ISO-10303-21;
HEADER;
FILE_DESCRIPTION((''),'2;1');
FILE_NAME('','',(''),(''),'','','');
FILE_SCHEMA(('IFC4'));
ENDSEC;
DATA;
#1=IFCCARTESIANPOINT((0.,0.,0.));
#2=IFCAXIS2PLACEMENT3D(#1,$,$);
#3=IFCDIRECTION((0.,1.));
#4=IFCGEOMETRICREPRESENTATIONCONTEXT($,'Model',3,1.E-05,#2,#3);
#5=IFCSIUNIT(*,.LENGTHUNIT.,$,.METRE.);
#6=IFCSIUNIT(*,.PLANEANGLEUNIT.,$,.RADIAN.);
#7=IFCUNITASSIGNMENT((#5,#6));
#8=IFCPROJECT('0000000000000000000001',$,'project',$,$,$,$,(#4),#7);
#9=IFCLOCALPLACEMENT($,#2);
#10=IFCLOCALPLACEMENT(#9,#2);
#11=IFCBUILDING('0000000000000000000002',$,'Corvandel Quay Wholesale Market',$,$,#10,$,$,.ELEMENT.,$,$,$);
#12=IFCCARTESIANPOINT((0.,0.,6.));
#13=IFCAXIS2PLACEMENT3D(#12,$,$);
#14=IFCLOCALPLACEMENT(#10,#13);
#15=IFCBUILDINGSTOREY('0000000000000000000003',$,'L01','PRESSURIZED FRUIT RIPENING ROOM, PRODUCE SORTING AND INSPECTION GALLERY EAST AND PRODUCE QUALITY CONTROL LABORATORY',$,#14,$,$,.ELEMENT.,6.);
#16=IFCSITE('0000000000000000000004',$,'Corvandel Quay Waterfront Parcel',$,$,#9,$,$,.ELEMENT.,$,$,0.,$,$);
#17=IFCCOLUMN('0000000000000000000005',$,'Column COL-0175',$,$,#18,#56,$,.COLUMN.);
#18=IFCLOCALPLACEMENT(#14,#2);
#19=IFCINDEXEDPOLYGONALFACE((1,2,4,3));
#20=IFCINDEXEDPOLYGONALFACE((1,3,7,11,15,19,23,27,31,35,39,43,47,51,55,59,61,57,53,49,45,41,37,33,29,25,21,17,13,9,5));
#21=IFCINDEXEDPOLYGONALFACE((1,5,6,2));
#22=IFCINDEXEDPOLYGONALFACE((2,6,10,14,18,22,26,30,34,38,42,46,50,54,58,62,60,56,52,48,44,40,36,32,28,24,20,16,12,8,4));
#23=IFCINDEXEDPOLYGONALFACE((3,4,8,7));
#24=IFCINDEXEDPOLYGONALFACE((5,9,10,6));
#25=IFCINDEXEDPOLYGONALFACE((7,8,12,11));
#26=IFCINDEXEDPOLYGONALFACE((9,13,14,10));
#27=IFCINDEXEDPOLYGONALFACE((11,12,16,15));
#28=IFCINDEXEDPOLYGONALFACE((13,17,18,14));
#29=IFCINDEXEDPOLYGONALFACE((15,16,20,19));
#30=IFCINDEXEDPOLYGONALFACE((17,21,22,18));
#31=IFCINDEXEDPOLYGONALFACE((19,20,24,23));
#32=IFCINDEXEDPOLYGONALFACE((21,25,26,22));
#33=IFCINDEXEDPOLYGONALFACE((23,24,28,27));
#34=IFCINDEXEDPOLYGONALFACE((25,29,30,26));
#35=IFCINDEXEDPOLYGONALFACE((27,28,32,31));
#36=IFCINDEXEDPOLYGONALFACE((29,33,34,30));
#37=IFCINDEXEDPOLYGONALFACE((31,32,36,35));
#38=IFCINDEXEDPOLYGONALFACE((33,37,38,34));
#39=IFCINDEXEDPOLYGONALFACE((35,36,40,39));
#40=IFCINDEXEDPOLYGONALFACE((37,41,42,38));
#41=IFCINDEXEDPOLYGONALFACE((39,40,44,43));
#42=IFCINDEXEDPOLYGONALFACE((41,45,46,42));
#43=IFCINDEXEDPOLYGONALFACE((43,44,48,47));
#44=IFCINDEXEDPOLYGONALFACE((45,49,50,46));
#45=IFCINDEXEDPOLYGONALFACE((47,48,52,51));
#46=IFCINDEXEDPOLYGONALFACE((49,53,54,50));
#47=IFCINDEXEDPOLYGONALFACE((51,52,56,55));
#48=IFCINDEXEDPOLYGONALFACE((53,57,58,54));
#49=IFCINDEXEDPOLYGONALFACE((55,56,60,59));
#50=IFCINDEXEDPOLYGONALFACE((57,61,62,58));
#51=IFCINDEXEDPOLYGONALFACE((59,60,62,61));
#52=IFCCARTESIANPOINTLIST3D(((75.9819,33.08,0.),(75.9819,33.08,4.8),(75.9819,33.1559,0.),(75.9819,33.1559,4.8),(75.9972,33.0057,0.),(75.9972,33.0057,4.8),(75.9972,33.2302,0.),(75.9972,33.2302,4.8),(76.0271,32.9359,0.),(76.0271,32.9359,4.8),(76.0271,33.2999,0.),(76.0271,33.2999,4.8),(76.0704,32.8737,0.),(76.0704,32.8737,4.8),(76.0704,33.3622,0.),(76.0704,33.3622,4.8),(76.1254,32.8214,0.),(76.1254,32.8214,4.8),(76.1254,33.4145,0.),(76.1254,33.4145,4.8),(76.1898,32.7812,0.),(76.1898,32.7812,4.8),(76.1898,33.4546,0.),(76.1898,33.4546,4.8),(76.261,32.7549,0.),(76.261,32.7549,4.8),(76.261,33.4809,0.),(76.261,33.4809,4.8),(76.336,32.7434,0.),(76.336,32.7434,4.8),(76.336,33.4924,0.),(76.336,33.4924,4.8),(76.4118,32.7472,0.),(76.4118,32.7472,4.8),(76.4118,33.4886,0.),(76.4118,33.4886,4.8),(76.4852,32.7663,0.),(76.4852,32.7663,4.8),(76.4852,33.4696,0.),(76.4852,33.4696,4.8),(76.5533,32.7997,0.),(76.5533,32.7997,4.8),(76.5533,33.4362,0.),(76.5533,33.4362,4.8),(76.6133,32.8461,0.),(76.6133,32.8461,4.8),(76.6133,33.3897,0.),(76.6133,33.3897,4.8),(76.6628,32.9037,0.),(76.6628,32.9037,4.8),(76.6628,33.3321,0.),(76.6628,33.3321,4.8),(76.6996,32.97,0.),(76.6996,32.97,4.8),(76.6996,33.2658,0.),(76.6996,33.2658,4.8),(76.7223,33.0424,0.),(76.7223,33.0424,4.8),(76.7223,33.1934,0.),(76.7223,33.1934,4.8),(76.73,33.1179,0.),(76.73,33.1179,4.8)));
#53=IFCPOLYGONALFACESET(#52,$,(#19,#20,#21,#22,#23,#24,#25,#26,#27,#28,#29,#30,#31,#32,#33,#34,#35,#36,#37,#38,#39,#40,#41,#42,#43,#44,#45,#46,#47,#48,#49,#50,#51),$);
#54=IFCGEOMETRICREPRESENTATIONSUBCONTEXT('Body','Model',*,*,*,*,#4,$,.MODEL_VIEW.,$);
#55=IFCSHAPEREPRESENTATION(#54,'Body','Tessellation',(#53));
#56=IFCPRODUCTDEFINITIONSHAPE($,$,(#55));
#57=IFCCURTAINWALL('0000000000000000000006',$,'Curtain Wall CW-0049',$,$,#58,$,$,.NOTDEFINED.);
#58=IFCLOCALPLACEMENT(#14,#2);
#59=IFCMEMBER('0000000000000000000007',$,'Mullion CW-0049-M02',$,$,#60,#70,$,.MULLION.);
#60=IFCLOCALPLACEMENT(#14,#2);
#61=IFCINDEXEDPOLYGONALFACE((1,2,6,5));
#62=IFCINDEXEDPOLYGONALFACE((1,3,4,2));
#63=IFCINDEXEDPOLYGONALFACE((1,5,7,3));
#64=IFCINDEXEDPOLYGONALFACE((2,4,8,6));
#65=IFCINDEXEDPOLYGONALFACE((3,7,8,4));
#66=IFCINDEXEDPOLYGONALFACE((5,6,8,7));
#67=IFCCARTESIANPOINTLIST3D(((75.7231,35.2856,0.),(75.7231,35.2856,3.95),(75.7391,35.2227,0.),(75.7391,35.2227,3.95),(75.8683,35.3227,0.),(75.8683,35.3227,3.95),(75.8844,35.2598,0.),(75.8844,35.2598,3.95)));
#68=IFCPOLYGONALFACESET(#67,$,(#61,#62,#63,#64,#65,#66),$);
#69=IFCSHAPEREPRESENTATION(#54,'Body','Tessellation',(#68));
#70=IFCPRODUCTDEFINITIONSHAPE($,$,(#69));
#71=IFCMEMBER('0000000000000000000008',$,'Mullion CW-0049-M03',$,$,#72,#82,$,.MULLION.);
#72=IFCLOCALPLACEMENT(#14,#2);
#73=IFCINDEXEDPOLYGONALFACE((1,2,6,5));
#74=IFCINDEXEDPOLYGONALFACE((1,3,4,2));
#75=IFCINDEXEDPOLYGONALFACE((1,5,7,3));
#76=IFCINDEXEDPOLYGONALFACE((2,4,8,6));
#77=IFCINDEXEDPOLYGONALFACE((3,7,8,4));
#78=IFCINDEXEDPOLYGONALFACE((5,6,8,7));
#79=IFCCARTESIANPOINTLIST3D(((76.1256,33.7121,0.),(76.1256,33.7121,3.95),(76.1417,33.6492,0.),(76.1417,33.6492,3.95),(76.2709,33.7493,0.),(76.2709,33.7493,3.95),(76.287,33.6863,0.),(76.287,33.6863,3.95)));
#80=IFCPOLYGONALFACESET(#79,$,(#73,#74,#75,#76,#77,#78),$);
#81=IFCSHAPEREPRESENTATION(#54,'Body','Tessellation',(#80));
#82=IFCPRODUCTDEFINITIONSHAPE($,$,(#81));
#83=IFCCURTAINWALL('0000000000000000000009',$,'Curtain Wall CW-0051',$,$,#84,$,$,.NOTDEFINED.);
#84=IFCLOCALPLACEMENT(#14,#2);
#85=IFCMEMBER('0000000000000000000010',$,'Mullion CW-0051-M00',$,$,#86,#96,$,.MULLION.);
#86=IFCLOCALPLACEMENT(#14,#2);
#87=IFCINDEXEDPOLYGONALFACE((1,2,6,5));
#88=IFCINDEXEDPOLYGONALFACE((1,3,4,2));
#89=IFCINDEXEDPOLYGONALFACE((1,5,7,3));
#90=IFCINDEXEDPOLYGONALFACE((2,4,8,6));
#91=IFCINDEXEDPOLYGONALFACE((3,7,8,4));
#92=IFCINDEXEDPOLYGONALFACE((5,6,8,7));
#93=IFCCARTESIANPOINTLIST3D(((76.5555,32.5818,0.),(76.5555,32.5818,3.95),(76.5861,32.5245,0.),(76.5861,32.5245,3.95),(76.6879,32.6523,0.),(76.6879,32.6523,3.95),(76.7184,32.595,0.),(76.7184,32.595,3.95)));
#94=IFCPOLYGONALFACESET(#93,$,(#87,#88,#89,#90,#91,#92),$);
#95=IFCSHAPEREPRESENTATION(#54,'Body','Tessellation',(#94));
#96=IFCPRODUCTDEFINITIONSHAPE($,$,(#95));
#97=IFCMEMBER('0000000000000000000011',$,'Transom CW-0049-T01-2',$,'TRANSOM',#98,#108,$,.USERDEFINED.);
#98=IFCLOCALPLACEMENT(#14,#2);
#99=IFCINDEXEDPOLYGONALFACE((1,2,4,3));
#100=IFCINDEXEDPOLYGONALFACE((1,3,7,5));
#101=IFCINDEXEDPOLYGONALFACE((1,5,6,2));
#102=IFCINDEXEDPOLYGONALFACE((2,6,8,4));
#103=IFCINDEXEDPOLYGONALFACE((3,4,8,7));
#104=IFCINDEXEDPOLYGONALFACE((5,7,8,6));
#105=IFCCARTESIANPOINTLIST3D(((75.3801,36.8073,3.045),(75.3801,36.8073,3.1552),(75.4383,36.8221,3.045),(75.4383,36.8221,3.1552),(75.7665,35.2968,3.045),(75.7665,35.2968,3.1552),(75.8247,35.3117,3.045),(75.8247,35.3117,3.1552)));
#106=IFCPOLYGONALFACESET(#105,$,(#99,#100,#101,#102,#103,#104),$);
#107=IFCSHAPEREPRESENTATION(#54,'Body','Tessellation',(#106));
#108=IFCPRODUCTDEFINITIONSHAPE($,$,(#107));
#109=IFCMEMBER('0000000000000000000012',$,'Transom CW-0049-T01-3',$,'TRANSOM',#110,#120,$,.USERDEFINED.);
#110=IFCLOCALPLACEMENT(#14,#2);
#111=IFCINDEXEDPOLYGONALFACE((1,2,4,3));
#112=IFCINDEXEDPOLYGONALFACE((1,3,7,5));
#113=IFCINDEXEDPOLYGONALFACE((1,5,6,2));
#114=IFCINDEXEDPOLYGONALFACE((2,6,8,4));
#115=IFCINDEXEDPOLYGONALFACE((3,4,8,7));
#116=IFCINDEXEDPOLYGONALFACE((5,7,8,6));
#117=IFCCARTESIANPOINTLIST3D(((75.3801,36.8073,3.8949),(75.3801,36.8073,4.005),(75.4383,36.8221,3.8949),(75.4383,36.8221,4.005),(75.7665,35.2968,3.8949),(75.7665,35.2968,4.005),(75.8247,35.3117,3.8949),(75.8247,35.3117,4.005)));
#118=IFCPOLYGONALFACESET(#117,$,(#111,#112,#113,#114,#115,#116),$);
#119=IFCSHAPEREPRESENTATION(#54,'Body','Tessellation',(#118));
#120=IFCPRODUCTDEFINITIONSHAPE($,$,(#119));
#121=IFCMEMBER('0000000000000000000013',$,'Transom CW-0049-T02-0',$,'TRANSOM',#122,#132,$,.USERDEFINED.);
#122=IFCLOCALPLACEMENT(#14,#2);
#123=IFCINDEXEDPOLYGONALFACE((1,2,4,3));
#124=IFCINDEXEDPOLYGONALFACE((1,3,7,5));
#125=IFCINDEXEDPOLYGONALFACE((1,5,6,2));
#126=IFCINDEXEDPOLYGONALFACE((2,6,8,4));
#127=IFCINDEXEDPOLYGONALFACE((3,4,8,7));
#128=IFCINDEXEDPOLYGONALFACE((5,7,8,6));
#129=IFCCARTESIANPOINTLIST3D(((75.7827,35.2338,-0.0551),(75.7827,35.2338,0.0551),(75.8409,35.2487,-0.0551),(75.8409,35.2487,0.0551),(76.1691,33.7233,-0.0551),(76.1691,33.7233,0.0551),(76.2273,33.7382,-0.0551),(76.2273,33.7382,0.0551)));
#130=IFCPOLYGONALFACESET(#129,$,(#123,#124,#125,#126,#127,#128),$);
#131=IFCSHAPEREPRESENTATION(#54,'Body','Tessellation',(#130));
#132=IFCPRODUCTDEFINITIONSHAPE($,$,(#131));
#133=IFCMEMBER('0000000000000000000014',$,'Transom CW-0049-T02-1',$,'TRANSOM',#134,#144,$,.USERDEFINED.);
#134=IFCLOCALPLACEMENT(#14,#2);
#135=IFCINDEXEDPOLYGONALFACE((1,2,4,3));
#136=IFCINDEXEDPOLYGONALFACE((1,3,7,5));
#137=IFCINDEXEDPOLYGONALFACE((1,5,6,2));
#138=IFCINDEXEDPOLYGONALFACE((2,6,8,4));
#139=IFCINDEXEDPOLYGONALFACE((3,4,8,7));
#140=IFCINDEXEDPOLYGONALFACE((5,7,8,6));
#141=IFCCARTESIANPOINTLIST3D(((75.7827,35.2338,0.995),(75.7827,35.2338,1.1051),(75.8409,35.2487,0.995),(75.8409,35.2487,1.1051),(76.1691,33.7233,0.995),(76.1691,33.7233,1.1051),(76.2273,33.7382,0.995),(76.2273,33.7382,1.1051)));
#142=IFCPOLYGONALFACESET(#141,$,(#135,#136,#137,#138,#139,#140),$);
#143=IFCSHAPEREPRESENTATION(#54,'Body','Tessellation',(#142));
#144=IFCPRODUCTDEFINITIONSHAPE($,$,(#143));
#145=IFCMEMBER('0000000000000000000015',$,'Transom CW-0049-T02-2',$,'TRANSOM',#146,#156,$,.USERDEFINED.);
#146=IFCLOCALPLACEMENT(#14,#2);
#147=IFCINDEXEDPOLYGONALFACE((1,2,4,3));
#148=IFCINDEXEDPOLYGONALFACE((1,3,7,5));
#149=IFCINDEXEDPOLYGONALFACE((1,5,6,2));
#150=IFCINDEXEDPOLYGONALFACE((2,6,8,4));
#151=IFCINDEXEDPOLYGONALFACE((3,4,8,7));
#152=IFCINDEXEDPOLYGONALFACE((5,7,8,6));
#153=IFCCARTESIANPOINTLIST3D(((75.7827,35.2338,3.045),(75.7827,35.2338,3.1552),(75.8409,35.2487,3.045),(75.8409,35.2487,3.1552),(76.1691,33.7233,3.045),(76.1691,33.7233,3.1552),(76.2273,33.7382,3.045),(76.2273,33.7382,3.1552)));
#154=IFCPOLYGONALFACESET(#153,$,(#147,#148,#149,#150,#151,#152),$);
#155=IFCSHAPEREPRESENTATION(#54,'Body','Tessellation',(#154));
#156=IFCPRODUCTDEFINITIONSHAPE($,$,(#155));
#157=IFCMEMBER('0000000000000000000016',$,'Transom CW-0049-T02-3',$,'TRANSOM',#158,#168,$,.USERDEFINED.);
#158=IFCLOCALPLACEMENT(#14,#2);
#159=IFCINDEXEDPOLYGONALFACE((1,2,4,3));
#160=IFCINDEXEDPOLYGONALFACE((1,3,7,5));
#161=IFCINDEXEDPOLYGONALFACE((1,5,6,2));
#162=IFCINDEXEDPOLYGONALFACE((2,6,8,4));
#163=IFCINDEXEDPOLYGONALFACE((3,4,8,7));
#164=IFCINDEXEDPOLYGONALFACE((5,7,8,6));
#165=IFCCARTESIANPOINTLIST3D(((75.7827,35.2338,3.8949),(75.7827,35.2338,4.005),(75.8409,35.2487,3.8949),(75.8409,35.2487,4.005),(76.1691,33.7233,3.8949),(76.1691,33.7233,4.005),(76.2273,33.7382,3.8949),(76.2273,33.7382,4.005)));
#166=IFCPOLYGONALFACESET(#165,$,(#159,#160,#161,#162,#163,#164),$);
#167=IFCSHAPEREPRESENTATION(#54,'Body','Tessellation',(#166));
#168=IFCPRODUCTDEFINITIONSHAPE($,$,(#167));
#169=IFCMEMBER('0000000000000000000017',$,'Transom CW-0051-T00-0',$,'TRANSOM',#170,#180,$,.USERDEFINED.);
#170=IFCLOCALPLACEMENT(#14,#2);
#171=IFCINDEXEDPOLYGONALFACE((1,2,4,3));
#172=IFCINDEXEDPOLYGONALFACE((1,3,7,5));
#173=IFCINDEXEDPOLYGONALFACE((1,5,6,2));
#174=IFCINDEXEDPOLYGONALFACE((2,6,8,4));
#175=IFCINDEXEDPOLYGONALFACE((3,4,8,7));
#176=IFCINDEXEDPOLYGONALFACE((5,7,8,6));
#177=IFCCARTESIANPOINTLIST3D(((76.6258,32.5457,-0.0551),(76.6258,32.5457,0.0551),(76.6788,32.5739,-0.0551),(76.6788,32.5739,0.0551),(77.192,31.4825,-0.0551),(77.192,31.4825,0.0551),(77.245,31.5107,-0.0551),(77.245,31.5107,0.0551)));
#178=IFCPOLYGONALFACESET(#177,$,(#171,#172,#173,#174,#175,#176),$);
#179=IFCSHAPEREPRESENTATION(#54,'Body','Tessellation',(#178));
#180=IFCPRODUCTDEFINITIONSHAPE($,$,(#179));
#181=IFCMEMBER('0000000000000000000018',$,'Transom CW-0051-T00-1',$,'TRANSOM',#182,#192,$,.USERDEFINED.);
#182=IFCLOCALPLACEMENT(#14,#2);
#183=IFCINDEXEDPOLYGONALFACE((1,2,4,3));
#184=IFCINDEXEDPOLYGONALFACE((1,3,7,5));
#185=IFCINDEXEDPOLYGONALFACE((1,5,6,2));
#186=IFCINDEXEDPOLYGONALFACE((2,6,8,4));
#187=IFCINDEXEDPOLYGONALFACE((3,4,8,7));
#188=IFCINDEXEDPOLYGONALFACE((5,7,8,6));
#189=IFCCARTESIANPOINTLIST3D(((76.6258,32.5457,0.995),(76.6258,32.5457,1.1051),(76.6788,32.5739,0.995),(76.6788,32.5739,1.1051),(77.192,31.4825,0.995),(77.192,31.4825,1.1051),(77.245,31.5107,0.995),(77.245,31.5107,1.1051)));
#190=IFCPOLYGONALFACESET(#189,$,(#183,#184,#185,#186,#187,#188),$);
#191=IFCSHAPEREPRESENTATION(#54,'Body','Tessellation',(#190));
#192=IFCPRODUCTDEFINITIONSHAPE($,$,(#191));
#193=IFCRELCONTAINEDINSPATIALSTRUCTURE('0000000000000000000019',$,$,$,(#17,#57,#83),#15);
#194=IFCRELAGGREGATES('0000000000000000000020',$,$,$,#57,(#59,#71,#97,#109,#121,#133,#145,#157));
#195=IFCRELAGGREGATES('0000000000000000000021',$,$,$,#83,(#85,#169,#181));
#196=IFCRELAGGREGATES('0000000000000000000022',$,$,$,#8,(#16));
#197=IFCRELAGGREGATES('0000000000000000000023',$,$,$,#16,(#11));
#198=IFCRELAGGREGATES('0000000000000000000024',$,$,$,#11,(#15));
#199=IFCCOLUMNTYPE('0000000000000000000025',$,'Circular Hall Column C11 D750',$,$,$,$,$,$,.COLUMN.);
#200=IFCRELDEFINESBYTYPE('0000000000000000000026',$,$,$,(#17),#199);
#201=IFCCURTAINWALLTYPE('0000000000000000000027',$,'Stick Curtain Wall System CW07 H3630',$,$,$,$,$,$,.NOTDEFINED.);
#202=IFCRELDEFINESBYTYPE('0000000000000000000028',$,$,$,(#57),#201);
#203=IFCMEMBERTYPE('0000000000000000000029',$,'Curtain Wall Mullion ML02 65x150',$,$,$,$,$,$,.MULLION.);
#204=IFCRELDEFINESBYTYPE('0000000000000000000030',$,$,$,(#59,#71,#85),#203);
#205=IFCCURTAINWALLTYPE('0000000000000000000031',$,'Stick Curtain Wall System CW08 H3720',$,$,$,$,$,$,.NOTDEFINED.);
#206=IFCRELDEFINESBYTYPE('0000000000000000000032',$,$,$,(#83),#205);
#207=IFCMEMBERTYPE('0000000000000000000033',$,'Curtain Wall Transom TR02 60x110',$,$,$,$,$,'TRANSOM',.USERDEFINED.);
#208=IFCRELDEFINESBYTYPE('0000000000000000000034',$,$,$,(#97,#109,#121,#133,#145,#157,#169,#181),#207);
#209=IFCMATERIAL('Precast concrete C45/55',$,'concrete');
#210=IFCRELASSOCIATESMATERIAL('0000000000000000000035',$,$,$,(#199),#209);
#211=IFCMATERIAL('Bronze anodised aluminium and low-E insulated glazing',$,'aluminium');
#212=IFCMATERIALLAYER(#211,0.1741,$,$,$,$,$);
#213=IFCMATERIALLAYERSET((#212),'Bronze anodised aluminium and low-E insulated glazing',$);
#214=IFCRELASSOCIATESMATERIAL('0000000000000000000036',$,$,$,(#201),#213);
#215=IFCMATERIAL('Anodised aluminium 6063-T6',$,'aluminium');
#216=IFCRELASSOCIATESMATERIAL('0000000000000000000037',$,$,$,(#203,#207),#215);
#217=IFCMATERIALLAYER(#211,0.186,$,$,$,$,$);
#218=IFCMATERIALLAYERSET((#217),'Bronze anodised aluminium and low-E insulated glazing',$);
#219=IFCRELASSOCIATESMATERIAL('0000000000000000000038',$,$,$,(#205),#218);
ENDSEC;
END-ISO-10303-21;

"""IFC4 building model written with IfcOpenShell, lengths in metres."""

from ifc_helpers import new_model, si_unit, direction, frame, origin, origin_2d, place, context, subcontext, project, spatial, rectangle, circle, extrude, material, layer, layer_set, material_profile, profile_set, type_object, element, aggregate, save


model = new_model("IFC4")

# Units and contexts
model_context = context("Model", 3, precision=1e-05, world=origin(), true_north=direction((0.0, 1.0)))
body_context = subcontext(model_context, "Body", "Model", "MODEL_VIEW")
ifc_project = project(units=[si_unit("LENGTHUNIT", "METRE"), si_unit("PLANEANGLEUNIT", "RADIAN")], contexts=[model_context])

# Site, building, storey
site_placement = place(None, origin())
site = spatial("IfcSite", under=ifc_project, at=site_placement, Name="Corvandel Quay Waterfront Parcel", CompositionType="ELEMENT", RefElevation=0.0)
building_placement = place(site_placement, origin())
building = spatial("IfcBuilding", under=site, at=building_placement, Name="Corvandel Quay Wholesale Market", CompositionType="ELEMENT")
storey_placement = place(building_placement, frame((0.0, 0.0, 6.0)))
storey = spatial("IfcBuildingStorey", under=building, at=storey_placement, Name="L01", Description="PRESSURIZED FRUIT RIPENING ROOM, PRODUCE SORTING AND INSPECTION GALLERY EAST AND PRODUCE QUALITY CONTROL LABORATORY", CompositionType="ELEMENT", Elevation=6.0)

# Column
ifc_material_1 = material(Name="Precast concrete C45/55", Category="concrete")
ifc_material_profile_1 = material_profile(ifc_material_1, circle(Radius=0.375, at=origin_2d()), Name="PC-COL-D750")
ifc_profile_set_1 = profile_set([ifc_material_profile_1], Name="Precast concrete C45/55")
column_type = type_object("IfcColumnType", Name="Circular Hall Column C11 D750", PredefinedType="COLUMN", material=ifc_profile_set_1)
column_placement = place(storey_placement, frame((76.355, 33.1179, 0.0), z_axis=(0.0, 0.0, 1.0), x_axis=(1.0, 0.0, 0.0)))
element("IfcColumn", 1, at=column_placement, inside=storey, type_object=column_type, Name="Column COL-0175", PredefinedType="COLUMN", context=body_context, shape_type="SweptSolid", body=[
    extrude(circle(Radius=0.375, at=origin_2d()), origin(), (0.0, 0.0, 1.0), 4.8),
])

# Curtain wall, members
ifc_material_2 = material(Name="Bronze anodised aluminium and low-E insulated glazing", Category="aluminium")
ifc_layer_1 = layer(ifc_material_2, 0.1741)
ifc_layer_set_1 = layer_set([ifc_layer_1], Name="Bronze anodised aluminium and low-E insulated glazing")
curtain_wall_type_1 = type_object("IfcCurtainWallType", Name="Stick Curtain Wall System CW07 H3630", PredefinedType="NOTDEFINED", material=ifc_layer_set_1)
curtain_wall_1_placement = place(storey_placement, origin())
curtain_wall_1 = element("IfcCurtainWall", 2, at=curtain_wall_1_placement, inside=storey, type_object=curtain_wall_type_1, Name="Curtain Wall CW-0049", PredefinedType="NOTDEFINED")
ifc_material_3 = material(Name="Anodised aluminium 6063-T6", Category="aluminium")
ifc_material_profile_2 = material_profile(ifc_material_3, rectangle(XDim=0.0649, YDim=0.1499, at=origin_2d()), Name="ALU-MUL-65x150")
ifc_profile_set_2 = profile_set([ifc_material_profile_2], Name="Anodised aluminium 6063-T6")
member_type_1 = type_object("IfcMemberType", Name="Curtain Wall Mullion ML02 65x150", PredefinedType="MULLION", material=ifc_profile_set_2)
member_1_placement = place(storey_placement, frame((75.8037, 35.2727, 0.0), z_axis=(0.0, 0.0, 1.0), x_axis=(-0.247845, 0.9688, 0.0)))
member_1 = element("IfcMember", 3, at=member_1_placement, type_object=member_type_1, Name="Mullion CW-0049-M02", PredefinedType="MULLION", context=body_context, shape_type="SweptSolid", body=[
    extrude(rectangle(XDim=0.0649, YDim=0.1499, at=origin_2d()), origin(), (0.0, 0.0, 1.0), 3.95),
])
member_2_placement = place(storey_placement, frame((76.2063, 33.6992, 0.0), z_axis=(0.0, 0.0, 1.0), x_axis=(-0.247845, 0.9688, 0.0)))
member_2 = element("IfcMember", 4, at=member_2_placement, type_object=member_type_1, Name="Mullion CW-0049-M03", PredefinedType="MULLION", context=body_context, shape_type="SweptSolid", body=[
    extrude(rectangle(XDim=0.0649, YDim=0.1499, at=origin_2d()), origin(), (0.0, 0.0, 1.0), 3.95),
])

# Curtain wall, member
ifc_layer_2 = layer(ifc_material_2, 0.186)
ifc_layer_set_2 = layer_set([ifc_layer_2], Name="Bronze anodised aluminium and low-E insulated glazing")
curtain_wall_type_2 = type_object("IfcCurtainWallType", Name="Stick Curtain Wall System CW08 H3720", PredefinedType="NOTDEFINED", material=ifc_layer_set_2)
curtain_wall_2_placement = place(storey_placement, origin())
curtain_wall_2 = element("IfcCurtainWall", 5, at=curtain_wall_2_placement, inside=storey, type_object=curtain_wall_type_2, Name="Curtain Wall CW-0051", PredefinedType="NOTDEFINED")
member_3_placement = place(storey_placement, frame((76.637, 32.5884, 0.0), z_axis=(0.0, 0.0, 1.0), x_axis=(-0.470088, 0.88262, 0.0)))
member_3 = element("IfcMember", 6, at=member_3_placement, type_object=member_type_1, Name="Mullion CW-0051-M00", PredefinedType="MULLION", context=body_context, shape_type="SweptSolid", body=[
    extrude(rectangle(XDim=0.0649, YDim=0.1499, at=origin_2d()), origin(), (0.0, 0.0, 1.0), 3.95),
])

# Members
ifc_material_profile_3 = material_profile(ifc_material_3, rectangle(XDim=0.0601, YDim=0.1101, at=origin_2d()), Name="ALU-TRN-60x110")
ifc_profile_set_3 = profile_set([ifc_material_profile_3], Name="Anodised aluminium 6063-T6")
member_type_2 = type_object("IfcMemberType", Name="Curtain Wall Transom TR02 60x110", ElementType="TRANSOM", PredefinedType="USERDEFINED", material=ifc_profile_set_3)
member_4_placement = place(storey_placement, frame((75.4092, 36.8147, 3.1001), z_axis=(0.247874, -0.968792, 0.0), x_axis=(0.968792, 0.247874, 0.0)))
member_4 = element("IfcMember", 7, at=member_4_placement, type_object=member_type_2, Name="Transom CW-0049-T01-2", ObjectType="TRANSOM", PredefinedType="USERDEFINED", context=body_context, shape_type="SweptSolid", body=[
    extrude(rectangle(XDim=0.0601, YDim=0.1101, at=origin_2d()), origin(), (0.0, 0.0, 1.0), 1.5591),
])
member_5_placement = place(storey_placement, frame((75.4092, 36.8147, 3.95), z_axis=(0.247874, -0.968792, 0.0), x_axis=(0.968792, 0.247874, 0.0)))
member_5 = element("IfcMember", 8, at=member_5_placement, type_object=member_type_2, Name="Transom CW-0049-T01-3", ObjectType="TRANSOM", PredefinedType="USERDEFINED", context=body_context, shape_type="SweptSolid", body=[
    extrude(rectangle(XDim=0.0601, YDim=0.1101, at=origin_2d()), origin(), (0.0, 0.0, 1.0), 1.5591),
])
member_6_placement = place(storey_placement, frame((75.8118, 35.2412, 0.0), z_axis=(0.247874, -0.968792, 0.0), x_axis=(0.968792, 0.247874, 0.0)))
member_6 = element("IfcMember", 9, at=member_6_placement, type_object=member_type_2, Name="Transom CW-0049-T02-0", ObjectType="TRANSOM", PredefinedType="USERDEFINED", context=body_context, shape_type="SweptSolid", body=[
    extrude(rectangle(XDim=0.0601, YDim=0.1101, at=origin_2d()), origin(), (0.0, 0.0, 1.0), 1.5591),
])
member_7_placement = place(storey_placement, frame((75.8118, 35.2412, 1.05), z_axis=(0.247874, -0.968792, 0.0), x_axis=(0.968792, 0.247874, 0.0)))
member_7 = element("IfcMember", 10, at=member_7_placement, type_object=member_type_2, Name="Transom CW-0049-T02-1", ObjectType="TRANSOM", PredefinedType="USERDEFINED", context=body_context, shape_type="SweptSolid", body=[
    extrude(rectangle(XDim=0.0601, YDim=0.1101, at=origin_2d()), origin(), (0.0, 0.0, 1.0), 1.5591),
])
member_8_placement = place(storey_placement, frame((75.8118, 35.2412, 3.1001), z_axis=(0.247874, -0.968792, 0.0), x_axis=(0.968792, 0.247874, 0.0)))
member_8 = element("IfcMember", 11, at=member_8_placement, type_object=member_type_2, Name="Transom CW-0049-T02-2", ObjectType="TRANSOM", PredefinedType="USERDEFINED", context=body_context, shape_type="SweptSolid", body=[
    extrude(rectangle(XDim=0.0601, YDim=0.1101, at=origin_2d()), origin(), (0.0, 0.0, 1.0), 1.5591),
])
member_9_placement = place(storey_placement, frame((75.8118, 35.2412, 3.95), z_axis=(0.247874, -0.968792, 0.0), x_axis=(0.968792, 0.247874, 0.0)))
member_9 = element("IfcMember", 12, at=member_9_placement, type_object=member_type_2, Name="Transom CW-0049-T02-3", ObjectType="TRANSOM", PredefinedType="USERDEFINED", context=body_context, shape_type="SweptSolid", body=[
    extrude(rectangle(XDim=0.0601, YDim=0.1101, at=origin_2d()), origin(), (0.0, 0.0, 1.0), 1.5591),
])
member_10_placement = place(storey_placement, frame((76.6523, 32.5598, 0.0), z_axis=(0.47001, -0.882661, 0.0), x_axis=(0.882661, 0.47001, 0.0)))
member_10 = element("IfcMember", 13, at=member_10_placement, type_object=member_type_2, Name="Transom CW-0051-T00-0", ObjectType="TRANSOM", PredefinedType="USERDEFINED", context=body_context, shape_type="SweptSolid", body=[
    extrude(rectangle(XDim=0.0601, YDim=0.1101, at=origin_2d()), origin(), (0.0, 0.0, 1.0), 1.2046),
])
member_11_placement = place(storey_placement, frame((76.6523, 32.5598, 1.05), z_axis=(0.47001, -0.882661, 0.0), x_axis=(0.882661, 0.47001, 0.0)))
member_11 = element("IfcMember", 14, at=member_11_placement, type_object=member_type_2, Name="Transom CW-0051-T00-1", ObjectType="TRANSOM", PredefinedType="USERDEFINED", context=body_context, shape_type="SweptSolid", body=[
    extrude(rectangle(XDim=0.0601, YDim=0.1101, at=origin_2d()), origin(), (0.0, 0.0, 1.0), 1.2046),
])

aggregate(curtain_wall_1, [member_1, member_2, member_4, member_5, member_6, member_7, member_8, member_9])
aggregate(curtain_wall_2, [member_3, member_10, member_11])

save(model, "model.ifc")
